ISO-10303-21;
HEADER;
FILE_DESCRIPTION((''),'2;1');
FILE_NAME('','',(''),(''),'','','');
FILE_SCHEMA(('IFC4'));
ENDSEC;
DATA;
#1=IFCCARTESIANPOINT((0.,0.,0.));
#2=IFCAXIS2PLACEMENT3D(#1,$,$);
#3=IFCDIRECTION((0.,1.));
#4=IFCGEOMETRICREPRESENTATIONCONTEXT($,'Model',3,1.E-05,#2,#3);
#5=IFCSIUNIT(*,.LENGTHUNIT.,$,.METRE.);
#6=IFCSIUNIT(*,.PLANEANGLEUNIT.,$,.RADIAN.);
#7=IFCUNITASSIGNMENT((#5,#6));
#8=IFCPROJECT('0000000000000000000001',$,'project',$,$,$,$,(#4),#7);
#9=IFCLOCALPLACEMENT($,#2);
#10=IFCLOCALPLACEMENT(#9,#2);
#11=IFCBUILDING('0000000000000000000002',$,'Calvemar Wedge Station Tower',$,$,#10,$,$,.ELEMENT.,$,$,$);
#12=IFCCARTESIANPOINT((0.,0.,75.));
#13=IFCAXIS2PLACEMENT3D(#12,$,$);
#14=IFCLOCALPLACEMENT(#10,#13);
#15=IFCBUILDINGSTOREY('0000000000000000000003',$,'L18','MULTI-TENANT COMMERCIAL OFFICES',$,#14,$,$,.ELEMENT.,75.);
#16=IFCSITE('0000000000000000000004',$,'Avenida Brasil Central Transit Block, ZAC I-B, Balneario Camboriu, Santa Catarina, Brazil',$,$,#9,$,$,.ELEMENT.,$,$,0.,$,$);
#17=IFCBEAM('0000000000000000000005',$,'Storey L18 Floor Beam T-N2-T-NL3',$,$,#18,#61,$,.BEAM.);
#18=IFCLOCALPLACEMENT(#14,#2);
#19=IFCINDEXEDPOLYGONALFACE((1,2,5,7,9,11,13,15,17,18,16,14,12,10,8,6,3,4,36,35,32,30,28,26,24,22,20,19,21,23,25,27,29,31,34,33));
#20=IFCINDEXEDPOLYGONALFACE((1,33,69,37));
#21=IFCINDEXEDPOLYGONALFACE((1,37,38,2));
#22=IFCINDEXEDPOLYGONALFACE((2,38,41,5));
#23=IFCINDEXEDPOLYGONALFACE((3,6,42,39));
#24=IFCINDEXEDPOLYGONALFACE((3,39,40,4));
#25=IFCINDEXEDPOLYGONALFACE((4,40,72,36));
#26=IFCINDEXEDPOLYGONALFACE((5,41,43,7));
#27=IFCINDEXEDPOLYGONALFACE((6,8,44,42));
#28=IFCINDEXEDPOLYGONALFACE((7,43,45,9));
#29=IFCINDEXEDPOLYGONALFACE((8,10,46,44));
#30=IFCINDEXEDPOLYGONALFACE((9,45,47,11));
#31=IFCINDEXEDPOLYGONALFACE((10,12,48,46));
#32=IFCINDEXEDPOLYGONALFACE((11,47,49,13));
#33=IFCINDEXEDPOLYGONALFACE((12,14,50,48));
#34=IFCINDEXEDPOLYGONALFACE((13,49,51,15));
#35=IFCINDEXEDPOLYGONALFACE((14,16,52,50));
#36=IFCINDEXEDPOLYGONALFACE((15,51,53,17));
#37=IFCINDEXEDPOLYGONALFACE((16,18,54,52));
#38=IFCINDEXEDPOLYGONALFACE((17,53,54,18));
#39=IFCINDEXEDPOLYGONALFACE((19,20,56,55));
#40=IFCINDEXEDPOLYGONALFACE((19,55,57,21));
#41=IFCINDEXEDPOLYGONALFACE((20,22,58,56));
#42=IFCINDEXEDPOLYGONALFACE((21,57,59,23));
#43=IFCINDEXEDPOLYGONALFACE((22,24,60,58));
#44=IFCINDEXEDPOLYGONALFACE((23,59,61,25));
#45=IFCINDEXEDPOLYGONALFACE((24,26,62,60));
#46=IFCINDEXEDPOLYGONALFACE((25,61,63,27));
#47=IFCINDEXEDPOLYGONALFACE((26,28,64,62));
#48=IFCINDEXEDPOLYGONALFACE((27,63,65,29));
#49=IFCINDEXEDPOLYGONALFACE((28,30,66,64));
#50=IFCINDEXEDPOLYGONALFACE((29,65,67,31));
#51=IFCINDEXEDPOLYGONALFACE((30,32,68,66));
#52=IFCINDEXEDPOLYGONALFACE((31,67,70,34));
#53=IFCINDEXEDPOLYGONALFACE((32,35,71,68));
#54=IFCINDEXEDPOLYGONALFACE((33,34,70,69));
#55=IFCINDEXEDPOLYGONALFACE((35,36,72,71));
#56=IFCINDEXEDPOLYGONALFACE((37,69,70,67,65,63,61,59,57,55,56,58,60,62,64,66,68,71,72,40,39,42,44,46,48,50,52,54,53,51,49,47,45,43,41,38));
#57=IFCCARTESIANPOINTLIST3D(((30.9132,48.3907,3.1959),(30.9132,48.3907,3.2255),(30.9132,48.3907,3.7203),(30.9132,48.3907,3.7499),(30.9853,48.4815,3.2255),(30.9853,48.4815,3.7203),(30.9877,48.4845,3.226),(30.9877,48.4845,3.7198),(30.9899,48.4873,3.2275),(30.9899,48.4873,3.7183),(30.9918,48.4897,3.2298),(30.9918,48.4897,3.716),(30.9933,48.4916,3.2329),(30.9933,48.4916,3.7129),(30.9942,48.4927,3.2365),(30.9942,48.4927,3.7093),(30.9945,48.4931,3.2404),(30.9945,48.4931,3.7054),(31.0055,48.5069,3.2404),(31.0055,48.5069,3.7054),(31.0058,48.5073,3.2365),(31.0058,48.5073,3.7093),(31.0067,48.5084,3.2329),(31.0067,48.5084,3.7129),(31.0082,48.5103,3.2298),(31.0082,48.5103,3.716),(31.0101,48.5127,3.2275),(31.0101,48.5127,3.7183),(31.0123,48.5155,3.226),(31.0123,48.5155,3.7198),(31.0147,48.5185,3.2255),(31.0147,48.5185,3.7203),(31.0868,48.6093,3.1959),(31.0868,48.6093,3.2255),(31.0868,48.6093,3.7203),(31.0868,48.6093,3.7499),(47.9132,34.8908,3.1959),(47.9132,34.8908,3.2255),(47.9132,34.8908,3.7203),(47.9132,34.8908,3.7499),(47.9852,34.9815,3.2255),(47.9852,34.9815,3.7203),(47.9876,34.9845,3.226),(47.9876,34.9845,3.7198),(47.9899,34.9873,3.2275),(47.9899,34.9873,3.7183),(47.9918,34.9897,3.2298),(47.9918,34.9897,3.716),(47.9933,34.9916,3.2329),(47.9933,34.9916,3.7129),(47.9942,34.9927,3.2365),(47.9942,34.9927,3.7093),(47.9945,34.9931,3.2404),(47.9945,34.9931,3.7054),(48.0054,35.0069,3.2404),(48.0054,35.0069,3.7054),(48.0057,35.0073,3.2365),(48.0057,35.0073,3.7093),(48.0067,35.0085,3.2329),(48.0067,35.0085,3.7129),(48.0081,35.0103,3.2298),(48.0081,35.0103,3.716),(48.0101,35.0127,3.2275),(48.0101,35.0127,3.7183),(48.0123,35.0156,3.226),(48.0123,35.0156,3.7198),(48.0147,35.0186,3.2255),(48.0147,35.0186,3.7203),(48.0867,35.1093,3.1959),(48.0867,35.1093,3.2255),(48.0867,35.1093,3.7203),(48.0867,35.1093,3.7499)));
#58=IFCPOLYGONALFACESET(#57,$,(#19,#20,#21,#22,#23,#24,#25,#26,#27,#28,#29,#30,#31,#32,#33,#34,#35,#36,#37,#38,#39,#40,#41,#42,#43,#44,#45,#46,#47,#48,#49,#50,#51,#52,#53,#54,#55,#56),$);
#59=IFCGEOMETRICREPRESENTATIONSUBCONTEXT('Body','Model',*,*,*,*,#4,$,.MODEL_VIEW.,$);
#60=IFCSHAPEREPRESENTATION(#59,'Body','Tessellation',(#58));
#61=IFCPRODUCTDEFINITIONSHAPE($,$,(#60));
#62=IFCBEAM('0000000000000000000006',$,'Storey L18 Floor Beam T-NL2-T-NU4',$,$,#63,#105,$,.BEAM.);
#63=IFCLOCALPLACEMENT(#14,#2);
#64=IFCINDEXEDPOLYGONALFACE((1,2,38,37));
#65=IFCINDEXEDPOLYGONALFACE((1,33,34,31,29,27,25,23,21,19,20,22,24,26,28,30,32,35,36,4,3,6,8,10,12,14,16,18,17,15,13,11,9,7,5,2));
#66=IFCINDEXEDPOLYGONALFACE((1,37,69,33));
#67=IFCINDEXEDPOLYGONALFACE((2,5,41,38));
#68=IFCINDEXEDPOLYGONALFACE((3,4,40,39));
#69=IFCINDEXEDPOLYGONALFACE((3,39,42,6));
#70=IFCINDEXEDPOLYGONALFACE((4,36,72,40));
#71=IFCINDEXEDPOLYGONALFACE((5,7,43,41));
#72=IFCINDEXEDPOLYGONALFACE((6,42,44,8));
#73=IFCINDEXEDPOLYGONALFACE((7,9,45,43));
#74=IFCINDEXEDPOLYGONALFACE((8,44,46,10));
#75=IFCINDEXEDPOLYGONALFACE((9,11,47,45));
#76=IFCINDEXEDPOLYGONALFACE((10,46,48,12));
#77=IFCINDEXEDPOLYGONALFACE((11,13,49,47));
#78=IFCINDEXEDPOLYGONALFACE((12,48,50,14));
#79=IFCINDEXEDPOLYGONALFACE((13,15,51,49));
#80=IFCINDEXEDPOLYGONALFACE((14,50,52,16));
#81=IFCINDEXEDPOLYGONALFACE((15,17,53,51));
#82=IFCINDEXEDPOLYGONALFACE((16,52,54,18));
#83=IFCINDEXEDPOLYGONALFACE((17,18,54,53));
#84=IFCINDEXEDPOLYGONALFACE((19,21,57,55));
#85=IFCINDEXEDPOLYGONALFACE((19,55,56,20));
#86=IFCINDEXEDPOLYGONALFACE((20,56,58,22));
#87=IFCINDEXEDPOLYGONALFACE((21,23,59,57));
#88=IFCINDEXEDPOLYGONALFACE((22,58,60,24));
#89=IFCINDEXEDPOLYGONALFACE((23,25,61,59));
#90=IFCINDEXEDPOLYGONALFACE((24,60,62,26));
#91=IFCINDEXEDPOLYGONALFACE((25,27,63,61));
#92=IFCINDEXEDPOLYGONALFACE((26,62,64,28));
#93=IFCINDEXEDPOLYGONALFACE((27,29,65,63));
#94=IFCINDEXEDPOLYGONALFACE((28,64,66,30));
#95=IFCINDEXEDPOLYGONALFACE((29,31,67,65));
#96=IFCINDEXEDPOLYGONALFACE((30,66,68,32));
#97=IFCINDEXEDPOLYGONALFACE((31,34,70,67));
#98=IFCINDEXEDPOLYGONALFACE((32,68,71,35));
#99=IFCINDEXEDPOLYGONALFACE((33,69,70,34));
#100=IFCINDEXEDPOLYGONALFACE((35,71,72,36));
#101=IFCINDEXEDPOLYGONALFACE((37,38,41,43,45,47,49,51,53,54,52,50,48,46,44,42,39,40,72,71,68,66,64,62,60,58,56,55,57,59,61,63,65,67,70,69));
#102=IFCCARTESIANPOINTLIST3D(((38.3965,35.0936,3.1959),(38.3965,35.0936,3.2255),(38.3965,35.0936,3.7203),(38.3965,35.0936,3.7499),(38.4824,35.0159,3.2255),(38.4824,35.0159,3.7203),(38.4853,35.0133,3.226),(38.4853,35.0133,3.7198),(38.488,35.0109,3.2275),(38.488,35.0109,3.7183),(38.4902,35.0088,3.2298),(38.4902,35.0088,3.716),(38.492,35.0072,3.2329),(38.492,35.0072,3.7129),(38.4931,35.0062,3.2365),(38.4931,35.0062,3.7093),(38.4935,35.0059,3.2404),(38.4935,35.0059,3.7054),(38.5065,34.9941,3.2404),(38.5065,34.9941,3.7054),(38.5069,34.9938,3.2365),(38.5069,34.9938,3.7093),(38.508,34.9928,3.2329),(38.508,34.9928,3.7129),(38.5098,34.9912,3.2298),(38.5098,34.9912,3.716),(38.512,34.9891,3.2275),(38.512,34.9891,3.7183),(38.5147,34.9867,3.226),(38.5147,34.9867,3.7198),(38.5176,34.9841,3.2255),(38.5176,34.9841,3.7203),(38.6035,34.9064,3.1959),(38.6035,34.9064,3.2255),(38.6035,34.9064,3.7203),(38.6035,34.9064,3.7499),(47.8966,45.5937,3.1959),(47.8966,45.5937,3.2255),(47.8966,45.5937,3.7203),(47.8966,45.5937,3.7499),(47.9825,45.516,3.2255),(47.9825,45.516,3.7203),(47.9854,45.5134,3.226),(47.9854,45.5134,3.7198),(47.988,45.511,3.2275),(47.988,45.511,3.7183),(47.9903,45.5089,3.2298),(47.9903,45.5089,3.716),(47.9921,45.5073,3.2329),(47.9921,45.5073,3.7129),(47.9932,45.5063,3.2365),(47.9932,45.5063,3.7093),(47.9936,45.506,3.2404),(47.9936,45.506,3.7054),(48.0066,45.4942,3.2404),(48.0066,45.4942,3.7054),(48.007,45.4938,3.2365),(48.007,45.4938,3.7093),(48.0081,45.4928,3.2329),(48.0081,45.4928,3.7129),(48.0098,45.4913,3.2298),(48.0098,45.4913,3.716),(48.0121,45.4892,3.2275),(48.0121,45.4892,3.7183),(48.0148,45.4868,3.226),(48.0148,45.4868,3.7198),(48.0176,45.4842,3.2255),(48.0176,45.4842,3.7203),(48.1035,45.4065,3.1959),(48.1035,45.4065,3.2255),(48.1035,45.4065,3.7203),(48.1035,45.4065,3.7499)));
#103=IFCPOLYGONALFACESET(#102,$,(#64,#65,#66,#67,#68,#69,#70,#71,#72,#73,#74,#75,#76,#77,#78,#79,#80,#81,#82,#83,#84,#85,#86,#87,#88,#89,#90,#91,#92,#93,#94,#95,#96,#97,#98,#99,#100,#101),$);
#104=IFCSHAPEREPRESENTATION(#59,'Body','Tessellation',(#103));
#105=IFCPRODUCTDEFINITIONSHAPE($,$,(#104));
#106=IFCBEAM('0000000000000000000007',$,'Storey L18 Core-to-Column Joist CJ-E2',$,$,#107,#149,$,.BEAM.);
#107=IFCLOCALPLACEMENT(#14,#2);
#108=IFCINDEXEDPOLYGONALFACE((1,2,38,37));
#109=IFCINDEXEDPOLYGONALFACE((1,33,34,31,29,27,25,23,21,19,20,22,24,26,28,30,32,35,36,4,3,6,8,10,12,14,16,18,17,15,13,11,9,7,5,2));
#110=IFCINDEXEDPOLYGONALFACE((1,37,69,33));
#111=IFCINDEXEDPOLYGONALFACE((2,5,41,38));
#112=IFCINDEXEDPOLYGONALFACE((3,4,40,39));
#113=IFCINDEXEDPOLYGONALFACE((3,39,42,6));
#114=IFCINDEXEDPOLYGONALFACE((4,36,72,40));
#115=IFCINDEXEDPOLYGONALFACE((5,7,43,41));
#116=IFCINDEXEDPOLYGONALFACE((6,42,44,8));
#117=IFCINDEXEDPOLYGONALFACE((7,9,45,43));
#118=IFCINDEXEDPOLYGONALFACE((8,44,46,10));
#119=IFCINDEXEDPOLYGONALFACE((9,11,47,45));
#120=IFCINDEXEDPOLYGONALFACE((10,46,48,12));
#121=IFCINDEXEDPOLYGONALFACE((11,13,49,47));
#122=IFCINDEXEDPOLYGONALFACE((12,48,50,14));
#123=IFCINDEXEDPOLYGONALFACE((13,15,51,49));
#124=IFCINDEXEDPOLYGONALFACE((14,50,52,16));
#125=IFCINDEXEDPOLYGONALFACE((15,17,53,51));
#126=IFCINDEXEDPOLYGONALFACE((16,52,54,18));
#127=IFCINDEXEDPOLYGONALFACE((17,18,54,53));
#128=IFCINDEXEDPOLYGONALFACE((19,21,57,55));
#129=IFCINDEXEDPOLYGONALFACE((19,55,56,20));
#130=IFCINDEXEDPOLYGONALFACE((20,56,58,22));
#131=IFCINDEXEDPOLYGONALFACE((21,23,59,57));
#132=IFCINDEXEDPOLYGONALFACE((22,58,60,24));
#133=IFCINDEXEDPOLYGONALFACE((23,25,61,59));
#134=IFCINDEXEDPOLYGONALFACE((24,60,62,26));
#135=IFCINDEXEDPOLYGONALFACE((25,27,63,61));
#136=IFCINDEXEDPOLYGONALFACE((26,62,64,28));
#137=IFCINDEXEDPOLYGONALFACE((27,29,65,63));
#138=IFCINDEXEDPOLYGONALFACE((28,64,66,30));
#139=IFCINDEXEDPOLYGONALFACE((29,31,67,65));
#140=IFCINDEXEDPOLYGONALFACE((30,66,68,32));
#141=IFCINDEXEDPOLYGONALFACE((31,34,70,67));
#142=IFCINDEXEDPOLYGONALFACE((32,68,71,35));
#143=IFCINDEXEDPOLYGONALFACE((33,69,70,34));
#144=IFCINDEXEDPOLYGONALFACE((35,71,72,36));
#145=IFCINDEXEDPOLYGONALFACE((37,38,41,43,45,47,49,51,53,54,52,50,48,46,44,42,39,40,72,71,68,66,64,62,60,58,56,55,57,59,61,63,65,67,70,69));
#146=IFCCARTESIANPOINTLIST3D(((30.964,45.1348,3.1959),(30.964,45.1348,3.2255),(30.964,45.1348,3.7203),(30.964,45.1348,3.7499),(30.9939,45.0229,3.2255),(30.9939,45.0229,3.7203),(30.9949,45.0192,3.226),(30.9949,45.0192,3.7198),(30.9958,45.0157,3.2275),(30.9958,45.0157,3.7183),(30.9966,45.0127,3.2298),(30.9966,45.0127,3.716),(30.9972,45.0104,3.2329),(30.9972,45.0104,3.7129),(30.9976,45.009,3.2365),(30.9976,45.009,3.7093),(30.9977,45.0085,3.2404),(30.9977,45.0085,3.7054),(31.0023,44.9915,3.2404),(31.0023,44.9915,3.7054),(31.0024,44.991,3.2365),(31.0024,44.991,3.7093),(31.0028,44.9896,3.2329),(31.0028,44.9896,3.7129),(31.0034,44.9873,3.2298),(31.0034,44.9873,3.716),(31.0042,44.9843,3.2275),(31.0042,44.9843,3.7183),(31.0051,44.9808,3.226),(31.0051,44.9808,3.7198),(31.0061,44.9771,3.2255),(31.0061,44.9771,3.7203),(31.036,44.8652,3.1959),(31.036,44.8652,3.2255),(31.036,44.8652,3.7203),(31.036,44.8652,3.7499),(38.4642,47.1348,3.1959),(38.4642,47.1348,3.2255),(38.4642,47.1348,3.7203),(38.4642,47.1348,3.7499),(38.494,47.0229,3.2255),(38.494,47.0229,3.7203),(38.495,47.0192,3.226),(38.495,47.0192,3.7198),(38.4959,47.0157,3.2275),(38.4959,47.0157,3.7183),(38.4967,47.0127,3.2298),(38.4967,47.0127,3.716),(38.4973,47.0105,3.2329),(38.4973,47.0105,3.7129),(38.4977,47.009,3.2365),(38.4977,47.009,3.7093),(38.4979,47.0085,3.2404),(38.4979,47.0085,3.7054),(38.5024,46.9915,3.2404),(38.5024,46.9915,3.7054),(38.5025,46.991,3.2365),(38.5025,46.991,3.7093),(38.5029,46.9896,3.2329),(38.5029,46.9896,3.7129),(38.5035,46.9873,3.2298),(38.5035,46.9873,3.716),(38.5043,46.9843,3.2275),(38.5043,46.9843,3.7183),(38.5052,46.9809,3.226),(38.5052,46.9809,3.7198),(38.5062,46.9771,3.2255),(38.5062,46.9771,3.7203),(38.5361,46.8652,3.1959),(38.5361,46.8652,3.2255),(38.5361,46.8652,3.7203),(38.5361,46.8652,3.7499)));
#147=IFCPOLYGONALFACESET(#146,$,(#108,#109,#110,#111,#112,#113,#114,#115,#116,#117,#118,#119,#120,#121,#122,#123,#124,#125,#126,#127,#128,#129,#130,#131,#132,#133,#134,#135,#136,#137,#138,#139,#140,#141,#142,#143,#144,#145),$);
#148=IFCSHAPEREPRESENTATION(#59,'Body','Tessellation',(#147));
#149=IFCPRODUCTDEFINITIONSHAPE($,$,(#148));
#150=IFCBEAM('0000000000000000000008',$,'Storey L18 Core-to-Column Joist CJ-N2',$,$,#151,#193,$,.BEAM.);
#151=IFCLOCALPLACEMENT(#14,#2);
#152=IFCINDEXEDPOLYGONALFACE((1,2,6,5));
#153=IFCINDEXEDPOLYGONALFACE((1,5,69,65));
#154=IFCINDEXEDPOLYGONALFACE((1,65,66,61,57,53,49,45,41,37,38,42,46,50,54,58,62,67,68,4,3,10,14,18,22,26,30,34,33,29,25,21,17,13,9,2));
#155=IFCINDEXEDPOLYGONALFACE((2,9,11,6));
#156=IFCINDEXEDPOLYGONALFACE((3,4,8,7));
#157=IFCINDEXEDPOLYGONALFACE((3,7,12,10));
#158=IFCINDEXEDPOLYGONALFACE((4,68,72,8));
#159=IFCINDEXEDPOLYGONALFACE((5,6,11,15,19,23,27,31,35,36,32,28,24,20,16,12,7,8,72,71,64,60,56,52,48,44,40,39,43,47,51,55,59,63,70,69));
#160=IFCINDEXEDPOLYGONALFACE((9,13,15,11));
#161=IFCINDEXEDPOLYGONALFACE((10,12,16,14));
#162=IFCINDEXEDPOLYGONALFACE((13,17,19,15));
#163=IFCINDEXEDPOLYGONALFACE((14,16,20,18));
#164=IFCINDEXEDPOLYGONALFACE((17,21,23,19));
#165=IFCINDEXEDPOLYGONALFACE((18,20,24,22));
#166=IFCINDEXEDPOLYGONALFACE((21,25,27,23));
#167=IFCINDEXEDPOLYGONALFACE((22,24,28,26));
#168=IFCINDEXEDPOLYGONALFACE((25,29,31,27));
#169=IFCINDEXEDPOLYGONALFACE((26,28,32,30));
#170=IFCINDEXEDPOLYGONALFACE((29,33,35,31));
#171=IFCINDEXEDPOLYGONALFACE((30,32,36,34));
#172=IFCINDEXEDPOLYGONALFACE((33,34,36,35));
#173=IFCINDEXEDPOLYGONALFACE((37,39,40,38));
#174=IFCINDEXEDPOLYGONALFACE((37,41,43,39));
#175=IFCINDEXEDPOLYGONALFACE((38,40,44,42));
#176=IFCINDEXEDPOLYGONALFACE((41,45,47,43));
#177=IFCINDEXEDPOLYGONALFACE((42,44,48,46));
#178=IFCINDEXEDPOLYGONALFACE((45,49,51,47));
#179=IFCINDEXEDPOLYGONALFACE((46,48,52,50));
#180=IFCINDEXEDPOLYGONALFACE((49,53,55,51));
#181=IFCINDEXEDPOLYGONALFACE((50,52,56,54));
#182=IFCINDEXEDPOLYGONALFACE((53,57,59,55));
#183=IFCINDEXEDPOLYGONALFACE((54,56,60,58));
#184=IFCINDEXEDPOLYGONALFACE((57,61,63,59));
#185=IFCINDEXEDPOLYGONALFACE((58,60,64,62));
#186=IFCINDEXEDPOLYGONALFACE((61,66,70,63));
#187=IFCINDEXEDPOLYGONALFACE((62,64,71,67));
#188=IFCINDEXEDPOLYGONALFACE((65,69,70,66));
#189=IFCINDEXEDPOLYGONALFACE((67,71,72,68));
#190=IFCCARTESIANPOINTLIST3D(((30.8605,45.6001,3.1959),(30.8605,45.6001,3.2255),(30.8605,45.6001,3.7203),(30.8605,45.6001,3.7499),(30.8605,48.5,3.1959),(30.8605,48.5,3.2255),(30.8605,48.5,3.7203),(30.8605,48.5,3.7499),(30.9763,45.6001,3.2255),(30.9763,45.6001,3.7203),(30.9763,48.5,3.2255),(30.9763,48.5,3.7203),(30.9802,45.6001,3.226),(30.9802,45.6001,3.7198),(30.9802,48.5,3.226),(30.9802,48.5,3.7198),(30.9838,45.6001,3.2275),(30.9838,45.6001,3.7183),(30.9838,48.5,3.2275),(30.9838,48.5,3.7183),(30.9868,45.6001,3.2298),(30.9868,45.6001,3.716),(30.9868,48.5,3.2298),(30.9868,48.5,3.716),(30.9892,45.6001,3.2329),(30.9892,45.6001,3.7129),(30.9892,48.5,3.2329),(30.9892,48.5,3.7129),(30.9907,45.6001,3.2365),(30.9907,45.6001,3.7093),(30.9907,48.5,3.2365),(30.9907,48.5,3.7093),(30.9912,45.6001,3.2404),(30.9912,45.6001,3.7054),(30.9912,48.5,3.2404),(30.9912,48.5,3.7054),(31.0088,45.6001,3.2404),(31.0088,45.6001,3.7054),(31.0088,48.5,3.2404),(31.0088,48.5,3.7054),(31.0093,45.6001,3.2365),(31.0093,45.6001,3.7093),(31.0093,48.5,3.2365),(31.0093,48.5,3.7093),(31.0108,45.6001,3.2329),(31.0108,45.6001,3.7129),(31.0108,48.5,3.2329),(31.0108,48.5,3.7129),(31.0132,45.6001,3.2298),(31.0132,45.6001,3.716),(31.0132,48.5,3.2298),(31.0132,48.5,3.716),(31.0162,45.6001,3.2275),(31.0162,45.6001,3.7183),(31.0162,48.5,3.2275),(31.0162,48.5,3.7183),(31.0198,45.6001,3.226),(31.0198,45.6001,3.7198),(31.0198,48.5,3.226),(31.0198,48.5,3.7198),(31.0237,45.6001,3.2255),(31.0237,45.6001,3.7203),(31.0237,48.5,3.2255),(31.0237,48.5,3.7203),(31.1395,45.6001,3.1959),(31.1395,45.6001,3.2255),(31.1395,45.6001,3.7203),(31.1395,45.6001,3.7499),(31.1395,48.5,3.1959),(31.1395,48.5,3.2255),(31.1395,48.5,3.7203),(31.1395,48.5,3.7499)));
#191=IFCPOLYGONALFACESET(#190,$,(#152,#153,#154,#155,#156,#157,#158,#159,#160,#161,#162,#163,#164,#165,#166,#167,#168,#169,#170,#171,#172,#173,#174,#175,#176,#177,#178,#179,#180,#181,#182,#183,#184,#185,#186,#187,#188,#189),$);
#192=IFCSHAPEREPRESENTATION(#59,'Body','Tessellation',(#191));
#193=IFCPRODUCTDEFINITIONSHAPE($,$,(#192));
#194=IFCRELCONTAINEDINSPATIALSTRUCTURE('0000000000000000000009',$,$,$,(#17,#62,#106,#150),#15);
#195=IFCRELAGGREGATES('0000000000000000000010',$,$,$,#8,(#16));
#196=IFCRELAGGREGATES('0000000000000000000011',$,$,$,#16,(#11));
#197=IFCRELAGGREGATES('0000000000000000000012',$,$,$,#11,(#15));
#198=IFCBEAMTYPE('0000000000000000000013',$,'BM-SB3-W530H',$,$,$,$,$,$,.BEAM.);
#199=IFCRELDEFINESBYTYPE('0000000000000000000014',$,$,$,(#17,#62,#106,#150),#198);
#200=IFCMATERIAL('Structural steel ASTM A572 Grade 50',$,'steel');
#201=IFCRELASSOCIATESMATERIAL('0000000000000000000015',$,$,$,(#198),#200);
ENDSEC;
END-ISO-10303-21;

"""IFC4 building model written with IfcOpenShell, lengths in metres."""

from ifc_helpers import new_model, si_unit, direction, frame, origin, origin_2d, place, context, subcontext, project, spatial, i_section, extrude, source, transform, mapped, material, material_profile, profile_set, type_object, element, save


model = new_model("IFC4")

# Units and contexts
model_context = context("Model", 3, precision=1e-05, world=origin(), true_north=direction((0.0, 1.0)))
body_context = subcontext(model_context, "Body", "Model", "MODEL_VIEW")
ifc_project = project(units=[si_unit("LENGTHUNIT", "METRE"), si_unit("PLANEANGLEUNIT", "RADIAN")], contexts=[model_context])

# Site, building, storey
site_placement = place(None, origin())
site = spatial("IfcSite", under=ifc_project, at=site_placement, Name="Avenida Brasil Central Transit Block, ZAC I-B, Balneario Camboriu, Santa Catarina, Brazil", CompositionType="ELEMENT", RefElevation=0.0)
building_placement = place(site_placement, origin())
building = spatial("IfcBuilding", under=site, at=building_placement, Name="Calvemar Wedge Station Tower", CompositionType="ELEMENT")
storey_placement = place(building_placement, frame((0.0, 0.0, 75.0)))
storey = spatial("IfcBuildingStorey", under=building, at=storey_placement, Name="L18", Description="MULTI-TENANT COMMERCIAL OFFICES", CompositionType="ELEMENT", Elevation=75.0)

# Beams
ifc_material_1 = material(Name="Structural steel ASTM A572 Grade 50", Category="steel")
ifc_material_profile_1 = material_profile(ifc_material_1, i_section(OverallWidth=0.2791, OverallDepth=0.554, WebThickness=0.0176, FlangeThickness=0.0295, FilletRadius=0.0149, at=origin_2d()), Name="W530x196")
ifc_profile_set_1 = profile_set([ifc_material_profile_1], Name="Structural steel ASTM A572 Grade 50")
beam_type_1 = type_object("IfcBeamType", Name="BM-SB3-W530H", PredefinedType="BEAM", material=ifc_profile_set_1)
shared_shape_1 = source(origin(), body_context, "Body", "SweptSolid", [
    extrude(i_section(OverallWidth=0.2791, OverallDepth=0.554, WebThickness=0.0176, FlangeThickness=0.0295, FilletRadius=0.0149, at=origin_2d()), origin(), (0.0, 0.0, 1.0), 21.7083),
])
beam_1_placement = place(storey_placement, frame((31.0, 48.5, 3.4729), z_axis=(0.783111, -0.621882, 0.0), x_axis=(0.621882, 0.783111, 0.0)))
element("IfcBeam", 1, at=beam_1_placement, inside=storey, type_object=beam_type_1, Name="Storey L18 Floor Beam T-N2-T-NL3", PredefinedType="BEAM", context=body_context, shape_type="MappedRepresentation", body=[
    mapped(shared_shape_1, transform((0.0, 0.0, 0.0), scale=1.0)),
])
shared_shape_2 = source(origin(), body_context, "Body", "SweptSolid", [
    extrude(i_section(OverallWidth=0.2791, OverallDepth=0.554, WebThickness=0.0176, FlangeThickness=0.0295, FilletRadius=0.0149, at=origin_2d()), origin(), (0.0, 0.0, 1.0), 14.1599),
])
beam_2_placement = place(storey_placement, frame((38.5, 35.0, 3.4729), z_axis=(0.670913, 0.741536, 0.0), x_axis=(-0.741536, 0.670913, 0.0)))
element("IfcBeam", 2, at=beam_2_placement, inside=storey, type_object=beam_type_1, Name="Storey L18 Floor Beam T-NL2-T-NU4", PredefinedType="BEAM", context=body_context, shape_type="MappedRepresentation", body=[
    mapped(shared_shape_2, transform((0.0, 0.0, 0.0), scale=1.0)),
])
shared_shape_3 = source(origin(), body_context, "Body", "SweptSolid", [
    extrude(i_section(OverallWidth=0.2791, OverallDepth=0.554, WebThickness=0.0176, FlangeThickness=0.0295, FilletRadius=0.0149, at=origin_2d()), origin(), (0.0, 0.0, 1.0), 7.7622),
])
beam_3_placement = place(storey_placement, frame((31.0, 45.0, 3.4729), z_axis=(0.966235, 0.257663, 0.0), x_axis=(-0.257663, 0.966235, 0.0)))
element("IfcBeam", 3, at=beam_3_placement, inside=storey, type_object=beam_type_1, Name="Storey L18 Core-to-Column Joist CJ-E2", PredefinedType="BEAM", context=body_context, shape_type="MappedRepresentation", body=[
    mapped(shared_shape_3, transform((0.0, 0.0, 0.0), scale=1.0)),
])
shared_shape_4 = source(origin(), body_context, "Body", "SweptSolid", [
    extrude(i_section(OverallWidth=0.2791, OverallDepth=0.554, WebThickness=0.0176, FlangeThickness=0.0295, FilletRadius=0.0149, at=origin_2d()), origin(), (0.0, 0.0, 1.0), 2.8999),
])
beam_4_placement = place(storey_placement, frame((31.0, 45.6001, 3.4729), z_axis=(0.0, 1.0, 0.0), x_axis=(-1.0, 0.0, 0.0)))
element("IfcBeam", 4, at=beam_4_placement, inside=storey, type_object=beam_type_1, Name="Storey L18 Core-to-Column Joist CJ-N2", PredefinedType="BEAM", context=body_context, shape_type="MappedRepresentation", body=[
    mapped(shared_shape_4, transform((0.0, 0.0, 0.0), scale=1.0)),
])

save(model, "model.ifc")
